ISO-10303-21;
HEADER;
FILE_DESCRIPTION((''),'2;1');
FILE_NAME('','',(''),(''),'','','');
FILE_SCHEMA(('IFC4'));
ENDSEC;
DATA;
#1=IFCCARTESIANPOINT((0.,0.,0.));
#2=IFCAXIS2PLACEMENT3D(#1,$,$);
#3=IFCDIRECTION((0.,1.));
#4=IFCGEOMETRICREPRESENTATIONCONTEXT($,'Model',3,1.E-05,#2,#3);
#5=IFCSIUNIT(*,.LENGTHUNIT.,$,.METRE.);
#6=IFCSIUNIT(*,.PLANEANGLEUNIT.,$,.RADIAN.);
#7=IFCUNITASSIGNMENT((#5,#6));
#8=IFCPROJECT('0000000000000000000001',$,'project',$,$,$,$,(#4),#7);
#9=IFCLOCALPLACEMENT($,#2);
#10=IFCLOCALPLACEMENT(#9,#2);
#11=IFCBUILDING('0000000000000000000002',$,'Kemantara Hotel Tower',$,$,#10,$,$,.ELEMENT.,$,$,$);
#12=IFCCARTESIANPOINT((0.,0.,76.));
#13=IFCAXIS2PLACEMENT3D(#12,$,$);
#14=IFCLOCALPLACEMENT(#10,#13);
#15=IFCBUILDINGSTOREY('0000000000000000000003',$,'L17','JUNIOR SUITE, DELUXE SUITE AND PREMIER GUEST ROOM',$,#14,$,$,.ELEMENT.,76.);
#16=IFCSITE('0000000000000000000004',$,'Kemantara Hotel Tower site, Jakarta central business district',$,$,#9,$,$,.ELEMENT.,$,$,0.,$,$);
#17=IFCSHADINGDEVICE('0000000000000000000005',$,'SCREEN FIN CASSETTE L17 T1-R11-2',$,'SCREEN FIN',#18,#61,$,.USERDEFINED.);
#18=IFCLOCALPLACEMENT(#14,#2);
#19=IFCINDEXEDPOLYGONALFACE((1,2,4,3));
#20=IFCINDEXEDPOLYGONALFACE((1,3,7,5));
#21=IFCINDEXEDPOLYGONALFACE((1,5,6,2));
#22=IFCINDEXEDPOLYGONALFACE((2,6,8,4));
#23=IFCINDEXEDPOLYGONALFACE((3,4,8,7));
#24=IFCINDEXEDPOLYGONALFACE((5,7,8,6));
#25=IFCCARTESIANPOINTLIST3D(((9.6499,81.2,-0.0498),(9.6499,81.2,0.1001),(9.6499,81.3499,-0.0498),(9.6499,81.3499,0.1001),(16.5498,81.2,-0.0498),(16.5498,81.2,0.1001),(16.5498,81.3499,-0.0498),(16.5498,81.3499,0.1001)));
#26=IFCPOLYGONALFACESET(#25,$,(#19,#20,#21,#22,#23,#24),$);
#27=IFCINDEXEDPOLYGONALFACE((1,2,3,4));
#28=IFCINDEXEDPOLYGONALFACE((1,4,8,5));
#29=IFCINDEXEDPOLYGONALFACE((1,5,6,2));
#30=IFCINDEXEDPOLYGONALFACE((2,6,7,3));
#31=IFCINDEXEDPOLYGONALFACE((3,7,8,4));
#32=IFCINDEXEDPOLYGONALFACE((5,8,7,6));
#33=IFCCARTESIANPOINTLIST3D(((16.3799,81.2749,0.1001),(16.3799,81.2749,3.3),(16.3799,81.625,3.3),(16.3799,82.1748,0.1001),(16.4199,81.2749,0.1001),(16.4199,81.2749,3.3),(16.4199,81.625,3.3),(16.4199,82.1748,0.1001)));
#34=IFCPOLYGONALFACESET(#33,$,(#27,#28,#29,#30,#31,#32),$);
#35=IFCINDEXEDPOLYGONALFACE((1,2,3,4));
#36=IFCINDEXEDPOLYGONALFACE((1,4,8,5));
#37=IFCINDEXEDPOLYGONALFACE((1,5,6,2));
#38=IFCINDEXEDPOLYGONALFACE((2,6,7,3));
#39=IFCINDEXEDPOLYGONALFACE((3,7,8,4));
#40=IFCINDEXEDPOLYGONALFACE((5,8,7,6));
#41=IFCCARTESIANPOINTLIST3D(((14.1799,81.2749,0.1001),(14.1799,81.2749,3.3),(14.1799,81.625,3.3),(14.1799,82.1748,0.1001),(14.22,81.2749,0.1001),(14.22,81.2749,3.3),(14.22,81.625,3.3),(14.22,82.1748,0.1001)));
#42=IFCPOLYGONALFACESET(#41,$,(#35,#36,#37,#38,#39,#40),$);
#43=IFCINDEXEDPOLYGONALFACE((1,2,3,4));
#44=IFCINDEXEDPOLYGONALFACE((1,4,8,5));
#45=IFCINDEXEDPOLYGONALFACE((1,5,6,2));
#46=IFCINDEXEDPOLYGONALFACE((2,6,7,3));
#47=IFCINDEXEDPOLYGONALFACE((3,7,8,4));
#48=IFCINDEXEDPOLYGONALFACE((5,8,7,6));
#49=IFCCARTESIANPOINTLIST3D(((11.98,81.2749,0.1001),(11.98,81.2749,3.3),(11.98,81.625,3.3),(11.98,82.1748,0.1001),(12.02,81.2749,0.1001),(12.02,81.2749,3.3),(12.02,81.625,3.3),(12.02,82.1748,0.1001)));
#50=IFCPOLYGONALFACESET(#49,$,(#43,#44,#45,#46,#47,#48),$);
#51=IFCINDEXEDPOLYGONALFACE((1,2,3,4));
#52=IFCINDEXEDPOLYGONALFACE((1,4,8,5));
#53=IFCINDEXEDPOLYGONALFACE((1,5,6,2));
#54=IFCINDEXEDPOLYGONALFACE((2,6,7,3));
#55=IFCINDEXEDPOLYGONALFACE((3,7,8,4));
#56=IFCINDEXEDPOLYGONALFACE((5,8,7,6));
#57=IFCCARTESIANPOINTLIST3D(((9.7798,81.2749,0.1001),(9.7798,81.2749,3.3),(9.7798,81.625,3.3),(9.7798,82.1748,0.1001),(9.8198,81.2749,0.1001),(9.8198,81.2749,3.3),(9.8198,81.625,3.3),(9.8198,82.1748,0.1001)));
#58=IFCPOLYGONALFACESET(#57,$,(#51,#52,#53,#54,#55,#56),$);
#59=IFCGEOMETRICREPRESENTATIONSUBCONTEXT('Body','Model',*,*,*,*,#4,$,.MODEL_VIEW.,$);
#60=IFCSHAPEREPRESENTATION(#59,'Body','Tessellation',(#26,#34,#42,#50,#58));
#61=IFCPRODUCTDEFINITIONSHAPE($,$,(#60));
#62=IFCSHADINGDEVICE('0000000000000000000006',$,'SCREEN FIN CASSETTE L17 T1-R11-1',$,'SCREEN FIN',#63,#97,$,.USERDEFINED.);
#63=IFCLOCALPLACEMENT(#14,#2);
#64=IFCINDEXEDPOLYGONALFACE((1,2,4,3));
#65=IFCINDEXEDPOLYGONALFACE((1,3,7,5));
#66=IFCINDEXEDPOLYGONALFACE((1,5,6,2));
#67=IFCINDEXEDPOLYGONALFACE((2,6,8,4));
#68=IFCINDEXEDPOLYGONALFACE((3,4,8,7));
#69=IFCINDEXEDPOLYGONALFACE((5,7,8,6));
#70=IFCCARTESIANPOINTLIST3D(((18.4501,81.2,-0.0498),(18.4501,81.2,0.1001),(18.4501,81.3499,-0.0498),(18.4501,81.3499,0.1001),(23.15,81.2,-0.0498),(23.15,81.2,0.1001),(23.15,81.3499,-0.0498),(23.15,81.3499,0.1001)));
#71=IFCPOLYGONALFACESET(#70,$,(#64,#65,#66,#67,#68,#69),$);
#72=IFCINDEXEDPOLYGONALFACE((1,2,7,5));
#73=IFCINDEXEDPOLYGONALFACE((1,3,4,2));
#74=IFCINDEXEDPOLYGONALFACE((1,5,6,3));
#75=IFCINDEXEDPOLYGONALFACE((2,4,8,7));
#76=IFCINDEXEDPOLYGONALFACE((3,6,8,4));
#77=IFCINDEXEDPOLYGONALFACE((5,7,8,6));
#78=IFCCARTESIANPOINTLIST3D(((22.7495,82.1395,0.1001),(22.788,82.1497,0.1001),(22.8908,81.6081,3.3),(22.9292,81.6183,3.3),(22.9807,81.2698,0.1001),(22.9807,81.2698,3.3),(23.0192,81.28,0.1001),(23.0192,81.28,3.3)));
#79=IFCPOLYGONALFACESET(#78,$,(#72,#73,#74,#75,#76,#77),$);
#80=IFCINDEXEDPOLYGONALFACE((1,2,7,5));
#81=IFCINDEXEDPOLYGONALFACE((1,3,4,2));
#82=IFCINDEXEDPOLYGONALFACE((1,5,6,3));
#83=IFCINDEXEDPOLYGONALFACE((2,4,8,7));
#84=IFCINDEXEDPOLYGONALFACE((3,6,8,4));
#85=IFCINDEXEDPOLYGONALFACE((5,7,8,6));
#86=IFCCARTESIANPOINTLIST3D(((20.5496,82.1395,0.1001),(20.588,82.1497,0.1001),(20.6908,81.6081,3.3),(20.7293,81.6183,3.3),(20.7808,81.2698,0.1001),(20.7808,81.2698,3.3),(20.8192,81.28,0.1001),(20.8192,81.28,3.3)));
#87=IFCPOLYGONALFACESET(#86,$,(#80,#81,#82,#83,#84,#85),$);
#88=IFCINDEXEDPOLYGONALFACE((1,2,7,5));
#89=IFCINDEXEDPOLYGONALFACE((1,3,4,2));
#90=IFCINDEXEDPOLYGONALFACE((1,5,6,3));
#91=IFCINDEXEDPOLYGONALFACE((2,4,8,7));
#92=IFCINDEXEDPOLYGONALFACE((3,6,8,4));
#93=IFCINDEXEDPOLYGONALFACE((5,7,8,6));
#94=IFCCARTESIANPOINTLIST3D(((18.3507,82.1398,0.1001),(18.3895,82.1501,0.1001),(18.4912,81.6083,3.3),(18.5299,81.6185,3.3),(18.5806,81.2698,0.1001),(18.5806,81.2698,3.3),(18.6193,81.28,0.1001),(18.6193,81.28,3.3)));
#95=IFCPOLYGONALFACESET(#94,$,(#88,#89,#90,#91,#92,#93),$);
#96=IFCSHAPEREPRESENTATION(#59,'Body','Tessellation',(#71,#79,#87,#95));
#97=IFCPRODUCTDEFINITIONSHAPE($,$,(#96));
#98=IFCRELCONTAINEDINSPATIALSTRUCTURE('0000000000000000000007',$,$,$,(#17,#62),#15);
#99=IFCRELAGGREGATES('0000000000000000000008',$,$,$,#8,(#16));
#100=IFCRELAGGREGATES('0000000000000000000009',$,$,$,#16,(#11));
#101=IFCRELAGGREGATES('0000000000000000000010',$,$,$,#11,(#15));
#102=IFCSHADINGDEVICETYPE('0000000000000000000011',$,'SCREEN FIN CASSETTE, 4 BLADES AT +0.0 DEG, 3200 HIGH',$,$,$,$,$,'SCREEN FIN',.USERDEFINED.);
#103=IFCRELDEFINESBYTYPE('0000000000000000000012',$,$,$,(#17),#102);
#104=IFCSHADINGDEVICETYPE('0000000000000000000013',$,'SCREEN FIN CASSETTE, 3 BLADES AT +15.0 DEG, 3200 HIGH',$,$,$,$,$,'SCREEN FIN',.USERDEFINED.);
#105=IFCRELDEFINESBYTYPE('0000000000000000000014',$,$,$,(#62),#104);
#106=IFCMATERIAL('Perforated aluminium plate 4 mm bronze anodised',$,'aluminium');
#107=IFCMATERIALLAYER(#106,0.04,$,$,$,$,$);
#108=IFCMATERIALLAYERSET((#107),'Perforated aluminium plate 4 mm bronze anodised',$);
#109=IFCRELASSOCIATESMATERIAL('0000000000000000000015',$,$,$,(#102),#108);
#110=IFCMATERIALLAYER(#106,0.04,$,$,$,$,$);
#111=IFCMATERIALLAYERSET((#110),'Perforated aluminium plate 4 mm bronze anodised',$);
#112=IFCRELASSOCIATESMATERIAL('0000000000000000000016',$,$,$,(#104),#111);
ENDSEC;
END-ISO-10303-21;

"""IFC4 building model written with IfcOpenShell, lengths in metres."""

from ifc_helpers import new_model, si_unit, direction, frame, origin, origin_2d, place, context, subcontext, project, spatial, polyline, rectangle, outline, extrude, source, transform, mapped, material, layer, layer_set, type_object, element, save


model = new_model("IFC4")

# Units and contexts
model_context = context("Model", 3, precision=1e-05, world=origin(), true_north=direction((0.0, 1.0)))
body_context = subcontext(model_context, "Body", "Model", "MODEL_VIEW")
ifc_project = project(units=[si_unit("LENGTHUNIT", "METRE"), si_unit("PLANEANGLEUNIT", "RADIAN")], contexts=[model_context])

# Site, building, storey
site_placement = place(None, origin())
site = spatial("IfcSite", under=ifc_project, at=site_placement, Name="Kemantara Hotel Tower site, Jakarta central business district", CompositionType="ELEMENT", RefElevation=0.0)
building_placement = place(site_placement, origin())
building = spatial("IfcBuilding", under=site, at=building_placement, Name="Kemantara Hotel Tower", CompositionType="ELEMENT")
storey_placement = place(building_placement, frame((0.0, 0.0, 76.0)))
storey = spatial("IfcBuildingStorey", under=building, at=storey_placement, Name="L17", Description="JUNIOR SUITE, DELUXE SUITE AND PREMIER GUEST ROOM", CompositionType="ELEMENT", Elevation=76.0)

# Shading devices
ifc_material_1 = material(Name="Perforated aluminium plate 4 mm bronze anodised", Category="aluminium")
ifc_layer_1 = layer(ifc_material_1, 0.04)
ifc_layer_set_1 = layer_set([ifc_layer_1], Name="Perforated aluminium plate 4 mm bronze anodised")
shading_device_type_1 = type_object("IfcShadingDeviceType", Name="SCREEN FIN CASSETTE, 4 BLADES AT +0.0 DEG, 3200 HIGH", ElementType="SCREEN FIN", PredefinedType="USERDEFINED", material=ifc_layer_set_1)
shared_shape_1 = source(origin(), body_context, "Body", "SweptSolid", [
    extrude(rectangle(XDim=6.8999, YDim=0.1499, at=origin_2d()), frame((3.3, -0.075, -0.1499), z_axis=(0.0, 0.0, 1.0), x_axis=(1.0, 0.0, 0.0)), (0.0, 0.0, 1.0), 0.1499),
    extrude(outline(polyline([(0.0, 0.0), (0.8999, 0.0), (0.3501, 3.2), (0.0, 3.2), (0.0, 0.0)])), frame((0.02, -0.075, 0.0), z_axis=(-1.0, 0.0, 0.0), x_axis=(0.0, -1.0, 0.0)), (0.0, 0.0, 1.0), 0.04),
    extrude(outline(polyline([(0.0, 0.0), (0.8999, 0.0), (0.3501, 3.2), (0.0, 3.2), (0.0, 0.0)])), frame((2.22, -0.075, 0.0), z_axis=(-1.0, 0.0, 0.0), x_axis=(0.0, -1.0, 0.0)), (0.0, 0.0, 1.0), 0.04),
    extrude(outline(polyline([(0.0, 0.0), (0.8999, 0.0), (0.3501, 3.2), (0.0, 3.2), (0.0, 0.0)])), frame((4.4199, -0.075, 0.0), z_axis=(-1.0, 0.0, 0.0), x_axis=(0.0, -1.0, 0.0)), (0.0, 0.0, 1.0), 0.04),
    extrude(outline(polyline([(0.0, 0.0), (0.8999, 0.0), (0.3501, 3.2), (0.0, 3.2), (0.0, 0.0)])), frame((6.6201, -0.075, 0.0), z_axis=(-1.0, 0.0, 0.0), x_axis=(0.0, -1.0, 0.0)), (0.0, 0.0, 1.0), 0.04),
])
shading_device_1_placement = place(storey_placement, frame((16.3999, 81.2, 0.1001), z_axis=(0.0, 0.0, 1.0), x_axis=(-1.0, 0.0, 0.0)))
element("IfcShadingDevice", 1, at=shading_device_1_placement, inside=storey, type_object=shading_device_type_1, Name="SCREEN FIN CASSETTE L17 T1-R11-2", ObjectType="SCREEN FIN", PredefinedType="USERDEFINED", context=body_context, shape_type="MappedRepresentation", body=[
    mapped(shared_shape_1, transform((0.0, 0.0, 0.0))),
])
ifc_layer_2 = layer(ifc_material_1, 0.04)
ifc_layer_set_2 = layer_set([ifc_layer_2], Name="Perforated aluminium plate 4 mm bronze anodised")
shading_device_type_2 = type_object("IfcShadingDeviceType", Name="SCREEN FIN CASSETTE, 3 BLADES AT +15.0 DEG, 3200 HIGH", ElementType="SCREEN FIN", PredefinedType="USERDEFINED", material=ifc_layer_set_2)
shared_shape_2 = source(origin(), body_context, "Body", "SweptSolid", [
    extrude(rectangle(XDim=4.7, YDim=0.1499, at=origin_2d()), frame((2.2, -0.075, -0.1499), z_axis=(0.0, 0.0, 1.0), x_axis=(1.0, 0.0, 0.0)), (0.0, 0.0, 1.0), 0.1499),
    extrude(outline(polyline([(0.0, 0.0), (0.8999, 0.0), (0.3501, 3.2), (0.0, 3.2), (0.0, 0.0)])), frame((0.0193, -0.0698, 0.0), z_axis=(-0.966438, -0.256901, 0.0), x_axis=(0.256901, -0.966438, 0.0)), (0.0, 0.0, 1.0), 0.0398),
    extrude(outline(polyline([(0.0, 0.0), (0.8999, 0.0), (0.3501, 3.2), (0.0, 3.2), (0.0, 0.0)])), frame((2.2192, -0.0698, 0.0), z_axis=(-0.966438, -0.256901, 0.0), x_axis=(0.256901, -0.966438, 0.0)), (0.0, 0.0, 1.0), 0.0398),
    extrude(outline(polyline([(0.0, 0.0), (0.8999, 0.0), (0.3501, 3.2), (0.0, 3.2), (0.0, 0.0)])), frame((4.4194, -0.0698, 0.0), z_axis=(-0.966838, -0.255391, 0.0), x_axis=(0.255391, -0.966838, 0.0)), (0.0, 0.0, 1.0), 0.04),
])
shading_device_2_placement = place(storey_placement, frame((23.0, 81.2, 0.1001), z_axis=(0.0, 0.0, 1.0), x_axis=(-1.0, 0.0, 0.0)))
element("IfcShadingDevice", 2, at=shading_device_2_placement, inside=storey, type_object=shading_device_type_2, Name="SCREEN FIN CASSETTE L17 T1-R11-1", ObjectType="SCREEN FIN", PredefinedType="USERDEFINED", context=body_context, shape_type="MappedRepresentation", body=[
    mapped(shared_shape_2, transform((0.0, 0.0, 0.0))),
])

save(model, "model.ifc")
